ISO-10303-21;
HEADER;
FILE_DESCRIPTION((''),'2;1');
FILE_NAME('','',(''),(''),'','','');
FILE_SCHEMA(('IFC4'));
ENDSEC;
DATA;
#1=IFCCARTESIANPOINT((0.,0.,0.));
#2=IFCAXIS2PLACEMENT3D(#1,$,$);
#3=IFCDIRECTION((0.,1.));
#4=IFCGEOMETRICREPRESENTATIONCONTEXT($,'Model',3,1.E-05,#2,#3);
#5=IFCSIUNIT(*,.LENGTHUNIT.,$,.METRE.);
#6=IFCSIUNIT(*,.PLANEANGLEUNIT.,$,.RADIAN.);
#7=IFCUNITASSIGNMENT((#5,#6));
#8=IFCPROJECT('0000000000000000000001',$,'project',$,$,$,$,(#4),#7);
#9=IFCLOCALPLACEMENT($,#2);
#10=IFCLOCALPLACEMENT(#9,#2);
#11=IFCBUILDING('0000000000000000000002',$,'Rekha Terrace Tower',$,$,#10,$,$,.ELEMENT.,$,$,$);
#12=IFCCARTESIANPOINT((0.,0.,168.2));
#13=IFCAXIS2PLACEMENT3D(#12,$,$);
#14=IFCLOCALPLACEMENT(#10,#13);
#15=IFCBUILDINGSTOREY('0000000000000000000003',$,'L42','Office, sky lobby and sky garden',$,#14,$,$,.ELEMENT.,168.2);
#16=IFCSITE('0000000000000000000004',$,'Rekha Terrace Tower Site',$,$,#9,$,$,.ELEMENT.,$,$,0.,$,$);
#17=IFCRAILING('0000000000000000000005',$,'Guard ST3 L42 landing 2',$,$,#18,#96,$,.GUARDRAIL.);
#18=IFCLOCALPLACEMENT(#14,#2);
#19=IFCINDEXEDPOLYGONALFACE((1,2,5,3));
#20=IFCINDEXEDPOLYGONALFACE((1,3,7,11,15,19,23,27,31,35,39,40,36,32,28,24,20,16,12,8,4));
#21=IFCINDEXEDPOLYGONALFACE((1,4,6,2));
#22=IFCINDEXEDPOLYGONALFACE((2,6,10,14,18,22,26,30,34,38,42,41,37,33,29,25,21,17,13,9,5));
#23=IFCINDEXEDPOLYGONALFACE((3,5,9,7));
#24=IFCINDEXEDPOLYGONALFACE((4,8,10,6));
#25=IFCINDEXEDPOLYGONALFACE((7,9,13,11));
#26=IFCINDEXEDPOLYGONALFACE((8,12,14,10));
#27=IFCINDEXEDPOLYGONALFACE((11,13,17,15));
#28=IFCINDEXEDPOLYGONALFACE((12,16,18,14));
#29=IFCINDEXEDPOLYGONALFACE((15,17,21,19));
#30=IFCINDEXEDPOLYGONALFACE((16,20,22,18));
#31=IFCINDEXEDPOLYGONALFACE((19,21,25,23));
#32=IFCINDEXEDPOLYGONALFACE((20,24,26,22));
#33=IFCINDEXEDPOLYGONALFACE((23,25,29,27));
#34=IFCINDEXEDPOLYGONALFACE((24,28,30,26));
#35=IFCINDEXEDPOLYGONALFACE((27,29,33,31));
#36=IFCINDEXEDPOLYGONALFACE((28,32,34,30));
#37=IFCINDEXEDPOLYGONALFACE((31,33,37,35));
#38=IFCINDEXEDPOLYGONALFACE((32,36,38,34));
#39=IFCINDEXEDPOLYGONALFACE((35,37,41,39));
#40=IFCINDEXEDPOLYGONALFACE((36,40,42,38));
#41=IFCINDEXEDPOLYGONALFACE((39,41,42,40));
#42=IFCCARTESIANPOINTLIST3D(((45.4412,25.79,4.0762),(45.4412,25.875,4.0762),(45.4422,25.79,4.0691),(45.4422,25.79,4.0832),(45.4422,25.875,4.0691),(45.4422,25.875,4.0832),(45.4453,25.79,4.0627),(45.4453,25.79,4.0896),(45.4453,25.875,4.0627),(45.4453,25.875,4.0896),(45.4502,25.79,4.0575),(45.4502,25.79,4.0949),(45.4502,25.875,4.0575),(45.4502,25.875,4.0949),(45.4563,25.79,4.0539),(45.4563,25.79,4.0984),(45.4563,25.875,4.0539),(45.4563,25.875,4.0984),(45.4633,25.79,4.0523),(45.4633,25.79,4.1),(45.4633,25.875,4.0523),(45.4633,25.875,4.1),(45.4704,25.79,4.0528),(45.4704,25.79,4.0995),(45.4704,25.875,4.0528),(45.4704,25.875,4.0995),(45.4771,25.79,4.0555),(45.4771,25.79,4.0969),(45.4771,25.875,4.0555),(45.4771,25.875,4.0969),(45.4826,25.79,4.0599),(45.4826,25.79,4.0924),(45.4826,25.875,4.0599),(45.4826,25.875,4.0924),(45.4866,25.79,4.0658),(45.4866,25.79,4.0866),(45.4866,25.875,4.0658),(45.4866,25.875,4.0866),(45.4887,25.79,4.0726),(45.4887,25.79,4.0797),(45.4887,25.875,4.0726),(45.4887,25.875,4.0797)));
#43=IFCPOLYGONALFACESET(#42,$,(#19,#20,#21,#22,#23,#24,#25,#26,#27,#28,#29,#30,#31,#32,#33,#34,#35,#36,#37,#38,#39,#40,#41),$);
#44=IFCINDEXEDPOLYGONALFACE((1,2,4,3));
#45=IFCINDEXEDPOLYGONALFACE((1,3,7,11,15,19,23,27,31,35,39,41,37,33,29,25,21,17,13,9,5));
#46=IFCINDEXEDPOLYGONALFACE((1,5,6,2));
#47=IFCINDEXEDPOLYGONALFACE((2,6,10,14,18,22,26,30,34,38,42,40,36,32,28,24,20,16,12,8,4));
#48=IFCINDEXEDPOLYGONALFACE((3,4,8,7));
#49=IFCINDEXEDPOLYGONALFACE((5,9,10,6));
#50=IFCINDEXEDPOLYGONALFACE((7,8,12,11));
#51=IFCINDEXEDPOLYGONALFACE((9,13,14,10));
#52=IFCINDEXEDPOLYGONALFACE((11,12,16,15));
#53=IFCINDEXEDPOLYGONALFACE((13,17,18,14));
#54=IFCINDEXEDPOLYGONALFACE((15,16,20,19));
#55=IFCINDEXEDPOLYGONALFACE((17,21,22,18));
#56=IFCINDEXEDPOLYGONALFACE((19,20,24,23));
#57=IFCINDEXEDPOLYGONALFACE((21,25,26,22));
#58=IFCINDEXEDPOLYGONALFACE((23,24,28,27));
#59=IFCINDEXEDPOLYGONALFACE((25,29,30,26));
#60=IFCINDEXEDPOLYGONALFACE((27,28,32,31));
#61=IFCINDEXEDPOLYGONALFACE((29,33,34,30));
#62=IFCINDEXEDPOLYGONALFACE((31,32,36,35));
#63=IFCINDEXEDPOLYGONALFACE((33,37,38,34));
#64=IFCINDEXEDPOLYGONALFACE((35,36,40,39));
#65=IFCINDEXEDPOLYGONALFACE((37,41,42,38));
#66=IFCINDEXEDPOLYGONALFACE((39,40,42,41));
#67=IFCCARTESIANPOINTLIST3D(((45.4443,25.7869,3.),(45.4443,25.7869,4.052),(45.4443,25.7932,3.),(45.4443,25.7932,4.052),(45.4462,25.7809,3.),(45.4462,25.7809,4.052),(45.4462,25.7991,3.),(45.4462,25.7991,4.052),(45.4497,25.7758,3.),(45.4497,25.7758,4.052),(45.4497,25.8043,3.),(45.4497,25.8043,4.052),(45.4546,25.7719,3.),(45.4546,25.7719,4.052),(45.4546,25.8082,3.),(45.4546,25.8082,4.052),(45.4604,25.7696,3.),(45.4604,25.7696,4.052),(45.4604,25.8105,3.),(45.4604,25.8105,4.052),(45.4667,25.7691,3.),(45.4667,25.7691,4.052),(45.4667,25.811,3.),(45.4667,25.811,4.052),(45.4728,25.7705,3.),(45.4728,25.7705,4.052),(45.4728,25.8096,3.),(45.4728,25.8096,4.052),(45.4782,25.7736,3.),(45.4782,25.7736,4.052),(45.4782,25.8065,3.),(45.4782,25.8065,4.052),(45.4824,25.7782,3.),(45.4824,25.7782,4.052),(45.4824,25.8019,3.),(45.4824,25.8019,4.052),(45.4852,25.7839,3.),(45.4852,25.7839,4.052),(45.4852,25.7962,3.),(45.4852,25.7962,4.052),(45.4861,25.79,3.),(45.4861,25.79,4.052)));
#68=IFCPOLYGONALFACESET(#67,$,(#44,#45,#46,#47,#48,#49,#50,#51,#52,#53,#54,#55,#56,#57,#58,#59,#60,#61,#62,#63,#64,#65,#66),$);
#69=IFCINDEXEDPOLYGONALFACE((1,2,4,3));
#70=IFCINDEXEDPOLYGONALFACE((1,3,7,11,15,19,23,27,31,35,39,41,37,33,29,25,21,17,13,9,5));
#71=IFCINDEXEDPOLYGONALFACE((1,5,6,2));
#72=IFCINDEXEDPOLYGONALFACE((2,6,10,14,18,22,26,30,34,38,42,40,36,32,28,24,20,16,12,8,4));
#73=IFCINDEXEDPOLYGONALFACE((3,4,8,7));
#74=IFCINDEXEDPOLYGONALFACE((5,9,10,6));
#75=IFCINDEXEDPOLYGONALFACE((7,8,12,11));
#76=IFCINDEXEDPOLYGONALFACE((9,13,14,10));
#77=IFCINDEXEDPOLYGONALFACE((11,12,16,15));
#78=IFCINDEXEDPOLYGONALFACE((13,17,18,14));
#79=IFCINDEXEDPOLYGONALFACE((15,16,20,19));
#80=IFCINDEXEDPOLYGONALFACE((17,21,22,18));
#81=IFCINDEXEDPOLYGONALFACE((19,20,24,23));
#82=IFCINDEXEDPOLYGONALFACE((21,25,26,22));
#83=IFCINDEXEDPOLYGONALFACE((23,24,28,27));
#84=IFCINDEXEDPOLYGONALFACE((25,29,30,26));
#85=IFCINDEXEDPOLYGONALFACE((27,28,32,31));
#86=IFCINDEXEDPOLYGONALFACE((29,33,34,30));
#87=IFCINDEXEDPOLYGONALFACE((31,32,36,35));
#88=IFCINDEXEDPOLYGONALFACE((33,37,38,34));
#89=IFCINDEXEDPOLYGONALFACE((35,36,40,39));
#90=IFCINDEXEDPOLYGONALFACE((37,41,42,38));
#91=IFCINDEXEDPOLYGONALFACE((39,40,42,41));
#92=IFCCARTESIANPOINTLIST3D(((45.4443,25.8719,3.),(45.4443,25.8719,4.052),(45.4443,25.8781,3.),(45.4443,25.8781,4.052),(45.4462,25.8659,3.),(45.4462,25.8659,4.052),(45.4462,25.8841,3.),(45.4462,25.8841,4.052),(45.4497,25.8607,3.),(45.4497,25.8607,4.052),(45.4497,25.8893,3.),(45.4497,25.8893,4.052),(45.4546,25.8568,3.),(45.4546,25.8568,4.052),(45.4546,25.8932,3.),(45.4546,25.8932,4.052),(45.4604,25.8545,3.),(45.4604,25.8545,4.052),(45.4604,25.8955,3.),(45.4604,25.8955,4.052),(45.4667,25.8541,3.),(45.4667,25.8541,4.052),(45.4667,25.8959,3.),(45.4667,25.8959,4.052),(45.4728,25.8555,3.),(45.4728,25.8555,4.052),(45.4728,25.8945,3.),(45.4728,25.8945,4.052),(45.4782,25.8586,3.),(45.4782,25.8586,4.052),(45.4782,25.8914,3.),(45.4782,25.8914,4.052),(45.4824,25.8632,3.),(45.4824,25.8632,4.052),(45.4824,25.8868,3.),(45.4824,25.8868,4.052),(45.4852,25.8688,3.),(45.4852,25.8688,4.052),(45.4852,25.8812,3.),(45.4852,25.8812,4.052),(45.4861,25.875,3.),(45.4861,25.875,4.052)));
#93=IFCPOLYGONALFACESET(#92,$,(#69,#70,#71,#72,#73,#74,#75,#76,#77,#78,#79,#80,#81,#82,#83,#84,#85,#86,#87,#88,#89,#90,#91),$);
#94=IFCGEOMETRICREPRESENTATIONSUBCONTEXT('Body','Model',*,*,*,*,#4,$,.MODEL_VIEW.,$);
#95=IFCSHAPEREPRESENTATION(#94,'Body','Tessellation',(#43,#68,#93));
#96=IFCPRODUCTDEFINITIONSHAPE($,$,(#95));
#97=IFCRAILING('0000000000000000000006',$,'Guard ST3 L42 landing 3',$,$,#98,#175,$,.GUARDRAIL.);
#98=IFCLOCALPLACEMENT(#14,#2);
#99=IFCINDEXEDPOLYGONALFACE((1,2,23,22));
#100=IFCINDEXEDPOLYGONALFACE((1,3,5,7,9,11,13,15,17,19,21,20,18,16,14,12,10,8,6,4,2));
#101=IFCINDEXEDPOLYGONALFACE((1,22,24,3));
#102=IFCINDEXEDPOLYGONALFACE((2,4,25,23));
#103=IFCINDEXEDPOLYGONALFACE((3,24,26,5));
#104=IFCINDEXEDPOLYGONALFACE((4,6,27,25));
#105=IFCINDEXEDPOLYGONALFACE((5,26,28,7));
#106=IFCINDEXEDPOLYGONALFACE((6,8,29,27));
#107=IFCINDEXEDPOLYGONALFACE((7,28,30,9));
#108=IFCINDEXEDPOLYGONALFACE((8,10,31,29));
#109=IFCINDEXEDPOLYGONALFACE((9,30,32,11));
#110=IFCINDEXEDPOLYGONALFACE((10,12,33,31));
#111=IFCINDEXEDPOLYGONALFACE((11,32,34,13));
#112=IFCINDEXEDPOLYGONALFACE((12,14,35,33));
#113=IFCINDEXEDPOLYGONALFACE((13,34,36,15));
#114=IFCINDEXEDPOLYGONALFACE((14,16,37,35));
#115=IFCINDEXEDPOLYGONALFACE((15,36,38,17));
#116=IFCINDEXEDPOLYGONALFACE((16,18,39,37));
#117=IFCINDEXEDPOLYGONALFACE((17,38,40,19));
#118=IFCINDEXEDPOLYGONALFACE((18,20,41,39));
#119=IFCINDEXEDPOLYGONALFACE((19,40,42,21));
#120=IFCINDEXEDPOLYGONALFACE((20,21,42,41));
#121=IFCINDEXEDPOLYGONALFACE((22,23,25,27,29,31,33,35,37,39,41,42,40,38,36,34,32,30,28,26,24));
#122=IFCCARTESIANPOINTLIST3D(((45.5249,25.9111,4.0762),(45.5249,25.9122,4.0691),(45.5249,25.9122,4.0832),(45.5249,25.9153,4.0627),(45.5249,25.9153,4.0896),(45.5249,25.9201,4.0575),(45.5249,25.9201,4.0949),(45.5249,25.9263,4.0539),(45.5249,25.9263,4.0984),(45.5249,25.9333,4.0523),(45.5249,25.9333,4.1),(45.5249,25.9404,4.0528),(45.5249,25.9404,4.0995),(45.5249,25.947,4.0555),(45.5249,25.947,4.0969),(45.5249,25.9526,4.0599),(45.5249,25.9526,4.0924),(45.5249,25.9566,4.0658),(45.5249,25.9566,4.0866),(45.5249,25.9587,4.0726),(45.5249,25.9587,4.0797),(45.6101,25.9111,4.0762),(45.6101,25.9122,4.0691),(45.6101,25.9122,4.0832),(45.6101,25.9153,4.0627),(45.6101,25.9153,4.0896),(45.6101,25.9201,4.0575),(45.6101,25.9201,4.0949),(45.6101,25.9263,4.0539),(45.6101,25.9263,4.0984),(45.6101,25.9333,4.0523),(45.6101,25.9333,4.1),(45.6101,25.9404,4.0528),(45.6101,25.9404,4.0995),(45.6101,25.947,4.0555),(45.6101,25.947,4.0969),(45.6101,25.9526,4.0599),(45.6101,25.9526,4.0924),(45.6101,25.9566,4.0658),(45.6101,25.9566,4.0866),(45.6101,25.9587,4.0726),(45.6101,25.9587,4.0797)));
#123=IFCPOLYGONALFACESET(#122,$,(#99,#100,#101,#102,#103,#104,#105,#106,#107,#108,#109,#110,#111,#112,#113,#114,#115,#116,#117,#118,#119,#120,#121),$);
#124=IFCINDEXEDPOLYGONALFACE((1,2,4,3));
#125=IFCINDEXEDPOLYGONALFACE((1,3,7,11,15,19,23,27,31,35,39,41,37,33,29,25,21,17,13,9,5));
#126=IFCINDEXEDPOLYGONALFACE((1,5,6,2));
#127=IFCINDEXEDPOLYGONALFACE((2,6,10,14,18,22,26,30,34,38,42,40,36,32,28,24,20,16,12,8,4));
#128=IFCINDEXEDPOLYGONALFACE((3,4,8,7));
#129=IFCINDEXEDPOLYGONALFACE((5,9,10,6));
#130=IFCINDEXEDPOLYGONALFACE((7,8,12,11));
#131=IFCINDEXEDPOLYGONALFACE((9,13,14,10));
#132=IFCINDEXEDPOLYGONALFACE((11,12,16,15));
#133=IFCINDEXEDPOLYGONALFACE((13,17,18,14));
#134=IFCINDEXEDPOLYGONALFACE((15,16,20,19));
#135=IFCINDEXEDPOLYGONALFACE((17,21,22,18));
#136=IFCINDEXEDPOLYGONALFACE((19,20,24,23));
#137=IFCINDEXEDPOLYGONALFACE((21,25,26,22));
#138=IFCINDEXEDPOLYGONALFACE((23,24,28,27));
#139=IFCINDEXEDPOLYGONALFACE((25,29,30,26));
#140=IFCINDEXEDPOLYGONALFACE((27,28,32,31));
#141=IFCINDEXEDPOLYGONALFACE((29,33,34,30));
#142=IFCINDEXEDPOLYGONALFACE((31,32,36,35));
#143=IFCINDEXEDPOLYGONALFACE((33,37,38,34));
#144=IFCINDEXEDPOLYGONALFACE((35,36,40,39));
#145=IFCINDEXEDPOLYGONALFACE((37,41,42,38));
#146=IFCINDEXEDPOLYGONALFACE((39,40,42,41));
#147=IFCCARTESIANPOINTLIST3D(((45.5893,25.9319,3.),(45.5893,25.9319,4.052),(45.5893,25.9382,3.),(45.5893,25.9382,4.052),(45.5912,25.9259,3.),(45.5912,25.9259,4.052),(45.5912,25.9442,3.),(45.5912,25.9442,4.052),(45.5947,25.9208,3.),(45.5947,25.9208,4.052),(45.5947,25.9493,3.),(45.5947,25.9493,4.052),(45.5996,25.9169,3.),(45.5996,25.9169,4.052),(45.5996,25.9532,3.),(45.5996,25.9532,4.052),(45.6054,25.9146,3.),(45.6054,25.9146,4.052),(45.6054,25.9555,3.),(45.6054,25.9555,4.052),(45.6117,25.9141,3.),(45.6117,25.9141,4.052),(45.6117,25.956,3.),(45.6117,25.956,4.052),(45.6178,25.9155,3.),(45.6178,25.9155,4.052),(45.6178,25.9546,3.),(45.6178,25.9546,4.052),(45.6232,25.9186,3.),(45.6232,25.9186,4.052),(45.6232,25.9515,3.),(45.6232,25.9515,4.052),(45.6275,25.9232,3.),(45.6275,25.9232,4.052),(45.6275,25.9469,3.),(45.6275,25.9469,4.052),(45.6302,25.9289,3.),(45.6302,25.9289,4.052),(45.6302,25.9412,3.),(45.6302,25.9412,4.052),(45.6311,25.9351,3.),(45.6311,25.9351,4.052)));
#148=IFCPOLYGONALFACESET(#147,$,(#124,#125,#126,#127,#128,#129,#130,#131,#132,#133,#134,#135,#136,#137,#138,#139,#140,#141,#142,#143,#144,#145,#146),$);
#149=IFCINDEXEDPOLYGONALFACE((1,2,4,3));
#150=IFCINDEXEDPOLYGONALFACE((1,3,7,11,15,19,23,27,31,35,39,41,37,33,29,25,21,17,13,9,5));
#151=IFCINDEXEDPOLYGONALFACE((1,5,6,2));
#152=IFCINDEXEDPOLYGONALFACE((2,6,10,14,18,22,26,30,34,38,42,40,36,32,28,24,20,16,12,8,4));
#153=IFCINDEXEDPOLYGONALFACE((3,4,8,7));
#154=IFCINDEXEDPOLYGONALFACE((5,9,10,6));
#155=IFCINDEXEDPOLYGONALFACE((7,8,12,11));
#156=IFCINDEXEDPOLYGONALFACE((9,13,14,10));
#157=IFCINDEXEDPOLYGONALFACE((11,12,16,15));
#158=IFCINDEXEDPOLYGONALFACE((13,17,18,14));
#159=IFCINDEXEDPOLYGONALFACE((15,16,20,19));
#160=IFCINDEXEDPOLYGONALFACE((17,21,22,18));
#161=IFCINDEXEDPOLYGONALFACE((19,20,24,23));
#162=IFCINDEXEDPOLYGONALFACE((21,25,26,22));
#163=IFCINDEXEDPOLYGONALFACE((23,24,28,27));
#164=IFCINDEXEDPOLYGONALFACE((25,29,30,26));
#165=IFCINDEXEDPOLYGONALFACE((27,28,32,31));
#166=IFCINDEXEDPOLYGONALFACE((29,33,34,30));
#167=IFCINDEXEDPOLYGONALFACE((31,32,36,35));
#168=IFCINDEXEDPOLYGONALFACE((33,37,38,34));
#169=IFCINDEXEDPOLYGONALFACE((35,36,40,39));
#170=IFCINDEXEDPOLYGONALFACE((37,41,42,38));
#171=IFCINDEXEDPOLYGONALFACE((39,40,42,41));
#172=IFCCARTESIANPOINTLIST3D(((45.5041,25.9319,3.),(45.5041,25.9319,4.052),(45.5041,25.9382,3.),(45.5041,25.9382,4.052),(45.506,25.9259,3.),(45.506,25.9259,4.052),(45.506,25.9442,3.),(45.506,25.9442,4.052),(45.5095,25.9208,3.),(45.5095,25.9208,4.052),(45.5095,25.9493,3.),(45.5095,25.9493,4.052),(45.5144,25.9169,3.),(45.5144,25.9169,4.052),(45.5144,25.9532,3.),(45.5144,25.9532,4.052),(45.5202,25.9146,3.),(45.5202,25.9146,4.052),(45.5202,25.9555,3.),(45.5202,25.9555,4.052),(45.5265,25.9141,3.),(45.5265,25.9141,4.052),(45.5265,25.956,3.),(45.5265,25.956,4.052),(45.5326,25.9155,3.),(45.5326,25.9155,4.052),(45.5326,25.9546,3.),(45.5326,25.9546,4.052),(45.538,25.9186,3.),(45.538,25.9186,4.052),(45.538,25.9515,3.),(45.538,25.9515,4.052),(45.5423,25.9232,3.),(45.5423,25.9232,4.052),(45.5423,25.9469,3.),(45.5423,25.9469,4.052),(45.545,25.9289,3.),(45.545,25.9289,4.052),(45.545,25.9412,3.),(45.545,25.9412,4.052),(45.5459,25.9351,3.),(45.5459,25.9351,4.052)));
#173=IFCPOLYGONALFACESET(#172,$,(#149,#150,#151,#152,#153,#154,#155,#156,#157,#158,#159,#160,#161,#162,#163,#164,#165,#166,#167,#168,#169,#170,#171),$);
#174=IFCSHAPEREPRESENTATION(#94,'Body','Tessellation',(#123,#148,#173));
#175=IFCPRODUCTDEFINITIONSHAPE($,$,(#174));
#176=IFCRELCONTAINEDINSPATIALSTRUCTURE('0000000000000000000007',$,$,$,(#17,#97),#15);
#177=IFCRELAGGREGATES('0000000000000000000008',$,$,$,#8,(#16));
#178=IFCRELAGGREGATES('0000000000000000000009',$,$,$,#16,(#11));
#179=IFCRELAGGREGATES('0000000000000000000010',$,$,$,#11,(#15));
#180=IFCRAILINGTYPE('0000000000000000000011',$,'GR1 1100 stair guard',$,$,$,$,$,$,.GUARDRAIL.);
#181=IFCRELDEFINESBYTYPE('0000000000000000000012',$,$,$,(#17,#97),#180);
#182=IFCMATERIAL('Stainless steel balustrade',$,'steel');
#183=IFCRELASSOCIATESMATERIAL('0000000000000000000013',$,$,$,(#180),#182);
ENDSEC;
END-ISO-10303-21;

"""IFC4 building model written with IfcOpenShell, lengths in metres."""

from ifc_helpers import new_model, si_unit, direction, frame, origin, origin_2d, place, context, subcontext, project, spatial, circle, extrude, material, type_object, element, save


model = new_model("IFC4")

# Units and contexts
model_context = context("Model", 3, precision=1e-05, world=origin(), true_north=direction((0.0, 1.0)))
body_context = subcontext(model_context, "Body", "Model", "MODEL_VIEW")
ifc_project = project(units=[si_unit("LENGTHUNIT", "METRE"), si_unit("PLANEANGLEUNIT", "RADIAN")], contexts=[model_context])

# Site, building, storey
site_placement = place(None, origin())
site = spatial("IfcSite", under=ifc_project, at=site_placement, Name="Rekha Terrace Tower Site", CompositionType="ELEMENT", RefElevation=0.0)
building_placement = place(site_placement, origin())
building = spatial("IfcBuilding", under=site, at=building_placement, Name="Rekha Terrace Tower", CompositionType="ELEMENT")
storey_placement = place(building_placement, frame((0.0, 0.0, 168.2)))
storey = spatial("IfcBuildingStorey", under=building, at=storey_placement, Name="L42", Description="Office, sky lobby and sky garden", CompositionType="ELEMENT", Elevation=168.2)

# Railings
ifc_material_1 = material(Name="Stainless steel balustrade", Category="steel")
railing_type_1 = type_object("IfcRailingType", Name="GR1 1100 stair guard", PredefinedType="GUARDRAIL", material=ifc_material_1)
railing_1_placement = place(storey_placement, frame((45.4651, 25.79, 3.0)))
element("IfcRailing", 1, at=railing_1_placement, inside=storey, type_object=railing_type_1, Name="Guard ST3 L42 landing 2", PredefinedType="GUARDRAIL", context=body_context, shape_type="SweptSolid", body=[
    extrude(circle(Radius=0.0239, at=origin_2d()), frame((0.0, 0.0, 1.0762), z_axis=(0.0, 1.0, 0.0), x_axis=(-1.0, 0.0, 0.0)), (0.0, 0.0, 1.0), 0.085),
    extrude(circle(Radius=0.021, at=origin_2d()), origin(), (0.0, 0.0, 1.0), 1.052),
    extrude(circle(Radius=0.021, at=origin_2d()), frame((0.0, 0.085, 0.0)), (0.0, 0.0, 1.0), 1.052),
])
railing_2_placement = place(storey_placement, frame((45.6101, 25.9351, 3.0)))
element("IfcRailing", 2, at=railing_2_placement, inside=storey, type_object=railing_type_1, Name="Guard ST3 L42 landing 3", PredefinedType="GUARDRAIL", context=body_context, shape_type="SweptSolid", body=[
    extrude(circle(Radius=0.0239, at=origin_2d()), frame((0.0, 0.0, 1.0762), z_axis=(-1.0, 0.0, 0.0), x_axis=(0.0, -1.0, 0.0)), (0.0, 0.0, 1.0), 0.0852),
    extrude(circle(Radius=0.021, at=origin_2d()), origin(), (0.0, 0.0, 1.0), 1.052),
    extrude(circle(Radius=0.021, at=origin_2d()), frame((-0.0852, 0.0, 0.0)), (0.0, 0.0, 1.0), 1.052),
])

save(model, "model.ifc")
